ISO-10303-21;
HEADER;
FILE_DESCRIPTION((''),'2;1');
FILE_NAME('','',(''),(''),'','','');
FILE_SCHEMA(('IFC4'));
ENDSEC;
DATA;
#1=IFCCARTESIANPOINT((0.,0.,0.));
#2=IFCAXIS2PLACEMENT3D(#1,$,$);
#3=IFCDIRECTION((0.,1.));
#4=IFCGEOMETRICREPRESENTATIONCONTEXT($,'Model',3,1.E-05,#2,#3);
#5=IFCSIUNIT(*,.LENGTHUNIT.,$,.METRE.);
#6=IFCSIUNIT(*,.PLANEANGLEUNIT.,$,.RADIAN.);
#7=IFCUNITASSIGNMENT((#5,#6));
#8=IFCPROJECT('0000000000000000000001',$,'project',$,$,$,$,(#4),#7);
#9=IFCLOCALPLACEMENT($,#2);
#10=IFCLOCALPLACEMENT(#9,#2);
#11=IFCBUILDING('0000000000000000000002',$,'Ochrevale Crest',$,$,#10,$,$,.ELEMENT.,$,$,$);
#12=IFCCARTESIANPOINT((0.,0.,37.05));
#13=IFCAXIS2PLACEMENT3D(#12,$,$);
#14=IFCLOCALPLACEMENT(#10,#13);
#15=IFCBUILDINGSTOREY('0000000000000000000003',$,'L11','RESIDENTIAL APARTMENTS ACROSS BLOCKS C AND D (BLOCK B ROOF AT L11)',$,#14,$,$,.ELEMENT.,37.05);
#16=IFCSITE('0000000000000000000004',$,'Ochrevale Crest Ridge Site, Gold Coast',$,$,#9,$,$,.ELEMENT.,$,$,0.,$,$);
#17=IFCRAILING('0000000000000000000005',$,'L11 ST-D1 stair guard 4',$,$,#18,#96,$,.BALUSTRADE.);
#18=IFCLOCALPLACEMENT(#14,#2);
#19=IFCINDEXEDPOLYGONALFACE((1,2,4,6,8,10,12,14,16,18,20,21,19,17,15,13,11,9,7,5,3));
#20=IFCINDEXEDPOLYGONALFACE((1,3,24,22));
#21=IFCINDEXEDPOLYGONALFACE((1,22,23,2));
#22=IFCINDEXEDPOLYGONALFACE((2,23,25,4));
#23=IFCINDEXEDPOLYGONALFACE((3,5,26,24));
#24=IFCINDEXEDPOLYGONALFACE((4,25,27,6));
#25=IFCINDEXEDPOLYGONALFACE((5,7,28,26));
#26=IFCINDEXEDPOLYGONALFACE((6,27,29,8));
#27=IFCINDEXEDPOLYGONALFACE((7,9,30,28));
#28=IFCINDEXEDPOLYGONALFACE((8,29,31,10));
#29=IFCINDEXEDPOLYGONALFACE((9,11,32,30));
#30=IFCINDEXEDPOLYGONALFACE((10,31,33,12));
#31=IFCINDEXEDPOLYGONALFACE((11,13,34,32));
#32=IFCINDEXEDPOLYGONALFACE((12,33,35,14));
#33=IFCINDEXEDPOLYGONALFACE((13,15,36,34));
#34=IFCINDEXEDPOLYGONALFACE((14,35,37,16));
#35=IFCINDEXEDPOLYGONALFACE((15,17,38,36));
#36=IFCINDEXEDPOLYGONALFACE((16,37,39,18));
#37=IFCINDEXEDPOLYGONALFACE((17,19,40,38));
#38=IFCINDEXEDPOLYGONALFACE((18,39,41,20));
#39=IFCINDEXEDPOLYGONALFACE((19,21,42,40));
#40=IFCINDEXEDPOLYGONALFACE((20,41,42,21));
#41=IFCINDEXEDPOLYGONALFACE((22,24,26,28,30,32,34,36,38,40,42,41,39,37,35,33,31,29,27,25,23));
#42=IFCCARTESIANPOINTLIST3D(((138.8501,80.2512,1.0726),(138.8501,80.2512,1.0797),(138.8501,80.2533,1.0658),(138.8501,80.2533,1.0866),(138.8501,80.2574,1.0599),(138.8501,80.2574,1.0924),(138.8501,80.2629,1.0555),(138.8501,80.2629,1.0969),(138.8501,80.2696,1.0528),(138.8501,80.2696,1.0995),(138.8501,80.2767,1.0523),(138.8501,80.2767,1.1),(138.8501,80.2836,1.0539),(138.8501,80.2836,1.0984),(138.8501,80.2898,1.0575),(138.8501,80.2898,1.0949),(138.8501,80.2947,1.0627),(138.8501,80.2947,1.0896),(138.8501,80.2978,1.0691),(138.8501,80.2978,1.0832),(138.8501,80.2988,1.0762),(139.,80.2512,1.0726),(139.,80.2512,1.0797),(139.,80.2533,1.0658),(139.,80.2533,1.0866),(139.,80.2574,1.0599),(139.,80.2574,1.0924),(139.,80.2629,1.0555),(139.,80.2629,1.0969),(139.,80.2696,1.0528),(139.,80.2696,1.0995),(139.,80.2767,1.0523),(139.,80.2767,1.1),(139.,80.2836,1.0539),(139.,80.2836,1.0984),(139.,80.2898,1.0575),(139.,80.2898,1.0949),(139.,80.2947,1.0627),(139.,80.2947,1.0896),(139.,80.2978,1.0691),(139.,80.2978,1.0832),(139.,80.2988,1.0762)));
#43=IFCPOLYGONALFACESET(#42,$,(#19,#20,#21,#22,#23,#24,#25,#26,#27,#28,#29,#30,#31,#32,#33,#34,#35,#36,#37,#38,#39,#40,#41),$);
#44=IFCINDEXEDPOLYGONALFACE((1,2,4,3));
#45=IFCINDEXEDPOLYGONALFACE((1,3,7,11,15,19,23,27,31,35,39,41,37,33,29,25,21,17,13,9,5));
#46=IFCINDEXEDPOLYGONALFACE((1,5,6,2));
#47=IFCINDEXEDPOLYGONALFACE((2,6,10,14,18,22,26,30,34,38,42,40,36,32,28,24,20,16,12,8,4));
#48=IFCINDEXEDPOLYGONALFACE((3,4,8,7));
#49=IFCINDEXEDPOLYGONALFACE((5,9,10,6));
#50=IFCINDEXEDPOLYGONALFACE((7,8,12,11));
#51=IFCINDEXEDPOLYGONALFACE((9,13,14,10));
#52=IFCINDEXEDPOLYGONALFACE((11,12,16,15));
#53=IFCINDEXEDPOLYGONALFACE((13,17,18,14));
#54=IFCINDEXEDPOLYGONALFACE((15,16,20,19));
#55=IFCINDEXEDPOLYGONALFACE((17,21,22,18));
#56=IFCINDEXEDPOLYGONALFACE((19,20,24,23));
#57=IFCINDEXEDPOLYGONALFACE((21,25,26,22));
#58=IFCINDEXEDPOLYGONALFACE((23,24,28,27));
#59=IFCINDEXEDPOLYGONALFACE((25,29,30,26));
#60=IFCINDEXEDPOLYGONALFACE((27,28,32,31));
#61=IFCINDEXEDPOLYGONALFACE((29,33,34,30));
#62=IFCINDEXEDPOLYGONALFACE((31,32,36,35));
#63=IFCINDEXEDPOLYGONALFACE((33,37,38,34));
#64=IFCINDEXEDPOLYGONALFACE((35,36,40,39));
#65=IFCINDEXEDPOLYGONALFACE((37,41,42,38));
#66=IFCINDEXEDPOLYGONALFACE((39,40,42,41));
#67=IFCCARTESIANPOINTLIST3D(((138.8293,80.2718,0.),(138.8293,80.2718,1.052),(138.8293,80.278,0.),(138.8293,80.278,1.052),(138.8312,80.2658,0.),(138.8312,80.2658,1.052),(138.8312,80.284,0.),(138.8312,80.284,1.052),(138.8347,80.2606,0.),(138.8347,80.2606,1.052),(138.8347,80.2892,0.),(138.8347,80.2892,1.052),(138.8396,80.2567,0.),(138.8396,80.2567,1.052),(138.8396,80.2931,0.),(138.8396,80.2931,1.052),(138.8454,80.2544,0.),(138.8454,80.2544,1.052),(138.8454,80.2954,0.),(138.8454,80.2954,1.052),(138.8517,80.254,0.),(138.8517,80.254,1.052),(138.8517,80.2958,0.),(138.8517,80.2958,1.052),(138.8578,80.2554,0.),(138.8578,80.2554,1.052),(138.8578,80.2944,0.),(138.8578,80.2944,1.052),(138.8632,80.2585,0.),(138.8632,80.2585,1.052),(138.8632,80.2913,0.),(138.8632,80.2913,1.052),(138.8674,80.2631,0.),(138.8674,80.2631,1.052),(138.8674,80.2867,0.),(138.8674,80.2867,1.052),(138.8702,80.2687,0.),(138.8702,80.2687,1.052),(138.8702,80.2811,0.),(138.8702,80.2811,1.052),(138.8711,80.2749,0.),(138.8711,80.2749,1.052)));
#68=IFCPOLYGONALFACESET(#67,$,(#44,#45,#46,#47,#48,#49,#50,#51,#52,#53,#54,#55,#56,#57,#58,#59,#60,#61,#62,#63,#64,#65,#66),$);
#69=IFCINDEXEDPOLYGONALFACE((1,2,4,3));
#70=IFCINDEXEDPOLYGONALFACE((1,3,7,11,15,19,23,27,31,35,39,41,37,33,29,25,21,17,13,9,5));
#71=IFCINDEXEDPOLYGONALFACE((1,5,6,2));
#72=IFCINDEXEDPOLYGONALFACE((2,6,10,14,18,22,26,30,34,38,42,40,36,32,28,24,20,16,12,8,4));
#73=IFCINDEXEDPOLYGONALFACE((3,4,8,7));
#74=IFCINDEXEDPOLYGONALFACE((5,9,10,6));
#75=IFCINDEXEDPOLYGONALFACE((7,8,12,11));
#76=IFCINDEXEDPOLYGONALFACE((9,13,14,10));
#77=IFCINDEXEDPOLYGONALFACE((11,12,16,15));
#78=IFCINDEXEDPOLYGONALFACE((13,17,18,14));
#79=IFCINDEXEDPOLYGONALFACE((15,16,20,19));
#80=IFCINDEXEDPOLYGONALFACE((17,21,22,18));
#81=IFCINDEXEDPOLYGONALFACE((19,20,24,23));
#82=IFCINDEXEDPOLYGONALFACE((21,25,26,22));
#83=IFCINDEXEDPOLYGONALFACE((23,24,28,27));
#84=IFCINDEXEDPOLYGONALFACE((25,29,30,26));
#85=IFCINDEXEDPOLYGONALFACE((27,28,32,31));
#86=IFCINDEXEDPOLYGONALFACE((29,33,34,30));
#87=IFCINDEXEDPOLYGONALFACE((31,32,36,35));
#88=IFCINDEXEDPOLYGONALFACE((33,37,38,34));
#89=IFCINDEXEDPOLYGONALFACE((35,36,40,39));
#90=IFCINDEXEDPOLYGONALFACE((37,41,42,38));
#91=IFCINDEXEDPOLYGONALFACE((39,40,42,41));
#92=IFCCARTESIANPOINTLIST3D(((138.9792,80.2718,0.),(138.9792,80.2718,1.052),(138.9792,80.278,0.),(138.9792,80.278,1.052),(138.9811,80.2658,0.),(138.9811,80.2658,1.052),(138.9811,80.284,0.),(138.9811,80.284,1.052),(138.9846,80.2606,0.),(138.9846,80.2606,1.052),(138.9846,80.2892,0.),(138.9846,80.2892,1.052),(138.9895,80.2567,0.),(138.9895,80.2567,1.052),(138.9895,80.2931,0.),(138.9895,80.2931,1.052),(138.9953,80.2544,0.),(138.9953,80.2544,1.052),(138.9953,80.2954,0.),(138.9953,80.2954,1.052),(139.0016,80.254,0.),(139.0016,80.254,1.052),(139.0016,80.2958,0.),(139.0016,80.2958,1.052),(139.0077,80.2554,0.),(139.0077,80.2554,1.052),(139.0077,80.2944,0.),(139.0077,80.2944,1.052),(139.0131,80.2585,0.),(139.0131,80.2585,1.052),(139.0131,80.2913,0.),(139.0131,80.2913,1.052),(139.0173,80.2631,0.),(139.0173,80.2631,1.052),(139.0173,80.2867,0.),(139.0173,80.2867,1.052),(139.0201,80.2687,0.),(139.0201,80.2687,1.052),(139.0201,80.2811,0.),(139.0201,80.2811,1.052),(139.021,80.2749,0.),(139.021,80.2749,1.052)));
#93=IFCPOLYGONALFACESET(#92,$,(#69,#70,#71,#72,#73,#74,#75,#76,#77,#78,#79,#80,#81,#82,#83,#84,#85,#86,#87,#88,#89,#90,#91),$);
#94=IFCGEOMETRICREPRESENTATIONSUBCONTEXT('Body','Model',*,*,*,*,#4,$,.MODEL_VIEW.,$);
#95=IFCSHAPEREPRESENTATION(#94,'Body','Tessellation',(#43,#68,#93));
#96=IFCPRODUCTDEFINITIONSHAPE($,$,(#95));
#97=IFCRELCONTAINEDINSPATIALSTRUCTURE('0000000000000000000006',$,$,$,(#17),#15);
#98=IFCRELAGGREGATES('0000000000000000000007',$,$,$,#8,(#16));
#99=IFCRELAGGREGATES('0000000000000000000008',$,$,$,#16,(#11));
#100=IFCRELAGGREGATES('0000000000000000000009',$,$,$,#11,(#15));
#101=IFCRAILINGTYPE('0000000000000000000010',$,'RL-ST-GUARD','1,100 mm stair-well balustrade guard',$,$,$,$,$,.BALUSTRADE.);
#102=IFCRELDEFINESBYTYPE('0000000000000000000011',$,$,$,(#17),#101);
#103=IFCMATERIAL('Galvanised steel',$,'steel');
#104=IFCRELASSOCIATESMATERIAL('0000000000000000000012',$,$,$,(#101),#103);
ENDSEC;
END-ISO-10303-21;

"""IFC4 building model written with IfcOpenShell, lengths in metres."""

from ifc_helpers import new_model, si_unit, direction, frame, origin, origin_2d, place, context, subcontext, project, spatial, circle, extrude, material, type_object, element, save


model = new_model("IFC4")

# Units and contexts
model_context = context("Model", 3, precision=1e-05, world=origin(), true_north=direction((0.0, 1.0)))
body_context = subcontext(model_context, "Body", "Model", "MODEL_VIEW")
ifc_project = project(units=[si_unit("LENGTHUNIT", "METRE"), si_unit("PLANEANGLEUNIT", "RADIAN")], contexts=[model_context])

# Site, building, storey
site_placement = place(None, origin())
site = spatial("IfcSite", under=ifc_project, at=site_placement, Name="Ochrevale Crest Ridge Site, Gold Coast", CompositionType="ELEMENT", RefElevation=0.0)
building_placement = place(site_placement, origin())
building = spatial("IfcBuilding", under=site, at=building_placement, Name="Ochrevale Crest", CompositionType="ELEMENT")
storey_placement = place(building_placement, frame((0.0, 0.0, 37.05)))
storey = spatial("IfcBuildingStorey", under=building, at=storey_placement, Name="L11", Description="RESIDENTIAL APARTMENTS ACROSS BLOCKS C AND D (BLOCK B ROOF AT L11)", CompositionType="ELEMENT", Elevation=37.05)

# Railing
ifc_material_1 = material(Name="Galvanised steel", Category="steel")
railing_type = type_object("IfcRailingType", Name="RL-ST-GUARD", Description="1,100 mm stair-well balustrade guard", PredefinedType="BALUSTRADE", material=ifc_material_1)
railing_1_placement = place(storey_placement, frame((138.8501, 80.2749, 0.0)))
element("IfcRailing", 1, at=railing_1_placement, inside=storey, type_object=railing_type, Name="L11 ST-D1 stair guard 4", PredefinedType="BALUSTRADE", context=body_context, shape_type="SweptSolid", body=[
    extrude(circle(Radius=0.0239, at=origin_2d()), frame((0.0, 0.0, 1.0762), z_axis=(1.0, 0.0, 0.0), x_axis=(0.0, 1.0, 0.0)), (0.0, 0.0, 1.0), 0.1499),
    extrude(circle(Radius=0.021, at=origin_2d()), origin(), (0.0, 0.0, 1.0), 1.052),
    extrude(circle(Radius=0.021, at=origin_2d()), frame((0.1499, 0.0, 0.0)), (0.0, 0.0, 1.0), 1.052),
])

save(model, "model.ifc")
